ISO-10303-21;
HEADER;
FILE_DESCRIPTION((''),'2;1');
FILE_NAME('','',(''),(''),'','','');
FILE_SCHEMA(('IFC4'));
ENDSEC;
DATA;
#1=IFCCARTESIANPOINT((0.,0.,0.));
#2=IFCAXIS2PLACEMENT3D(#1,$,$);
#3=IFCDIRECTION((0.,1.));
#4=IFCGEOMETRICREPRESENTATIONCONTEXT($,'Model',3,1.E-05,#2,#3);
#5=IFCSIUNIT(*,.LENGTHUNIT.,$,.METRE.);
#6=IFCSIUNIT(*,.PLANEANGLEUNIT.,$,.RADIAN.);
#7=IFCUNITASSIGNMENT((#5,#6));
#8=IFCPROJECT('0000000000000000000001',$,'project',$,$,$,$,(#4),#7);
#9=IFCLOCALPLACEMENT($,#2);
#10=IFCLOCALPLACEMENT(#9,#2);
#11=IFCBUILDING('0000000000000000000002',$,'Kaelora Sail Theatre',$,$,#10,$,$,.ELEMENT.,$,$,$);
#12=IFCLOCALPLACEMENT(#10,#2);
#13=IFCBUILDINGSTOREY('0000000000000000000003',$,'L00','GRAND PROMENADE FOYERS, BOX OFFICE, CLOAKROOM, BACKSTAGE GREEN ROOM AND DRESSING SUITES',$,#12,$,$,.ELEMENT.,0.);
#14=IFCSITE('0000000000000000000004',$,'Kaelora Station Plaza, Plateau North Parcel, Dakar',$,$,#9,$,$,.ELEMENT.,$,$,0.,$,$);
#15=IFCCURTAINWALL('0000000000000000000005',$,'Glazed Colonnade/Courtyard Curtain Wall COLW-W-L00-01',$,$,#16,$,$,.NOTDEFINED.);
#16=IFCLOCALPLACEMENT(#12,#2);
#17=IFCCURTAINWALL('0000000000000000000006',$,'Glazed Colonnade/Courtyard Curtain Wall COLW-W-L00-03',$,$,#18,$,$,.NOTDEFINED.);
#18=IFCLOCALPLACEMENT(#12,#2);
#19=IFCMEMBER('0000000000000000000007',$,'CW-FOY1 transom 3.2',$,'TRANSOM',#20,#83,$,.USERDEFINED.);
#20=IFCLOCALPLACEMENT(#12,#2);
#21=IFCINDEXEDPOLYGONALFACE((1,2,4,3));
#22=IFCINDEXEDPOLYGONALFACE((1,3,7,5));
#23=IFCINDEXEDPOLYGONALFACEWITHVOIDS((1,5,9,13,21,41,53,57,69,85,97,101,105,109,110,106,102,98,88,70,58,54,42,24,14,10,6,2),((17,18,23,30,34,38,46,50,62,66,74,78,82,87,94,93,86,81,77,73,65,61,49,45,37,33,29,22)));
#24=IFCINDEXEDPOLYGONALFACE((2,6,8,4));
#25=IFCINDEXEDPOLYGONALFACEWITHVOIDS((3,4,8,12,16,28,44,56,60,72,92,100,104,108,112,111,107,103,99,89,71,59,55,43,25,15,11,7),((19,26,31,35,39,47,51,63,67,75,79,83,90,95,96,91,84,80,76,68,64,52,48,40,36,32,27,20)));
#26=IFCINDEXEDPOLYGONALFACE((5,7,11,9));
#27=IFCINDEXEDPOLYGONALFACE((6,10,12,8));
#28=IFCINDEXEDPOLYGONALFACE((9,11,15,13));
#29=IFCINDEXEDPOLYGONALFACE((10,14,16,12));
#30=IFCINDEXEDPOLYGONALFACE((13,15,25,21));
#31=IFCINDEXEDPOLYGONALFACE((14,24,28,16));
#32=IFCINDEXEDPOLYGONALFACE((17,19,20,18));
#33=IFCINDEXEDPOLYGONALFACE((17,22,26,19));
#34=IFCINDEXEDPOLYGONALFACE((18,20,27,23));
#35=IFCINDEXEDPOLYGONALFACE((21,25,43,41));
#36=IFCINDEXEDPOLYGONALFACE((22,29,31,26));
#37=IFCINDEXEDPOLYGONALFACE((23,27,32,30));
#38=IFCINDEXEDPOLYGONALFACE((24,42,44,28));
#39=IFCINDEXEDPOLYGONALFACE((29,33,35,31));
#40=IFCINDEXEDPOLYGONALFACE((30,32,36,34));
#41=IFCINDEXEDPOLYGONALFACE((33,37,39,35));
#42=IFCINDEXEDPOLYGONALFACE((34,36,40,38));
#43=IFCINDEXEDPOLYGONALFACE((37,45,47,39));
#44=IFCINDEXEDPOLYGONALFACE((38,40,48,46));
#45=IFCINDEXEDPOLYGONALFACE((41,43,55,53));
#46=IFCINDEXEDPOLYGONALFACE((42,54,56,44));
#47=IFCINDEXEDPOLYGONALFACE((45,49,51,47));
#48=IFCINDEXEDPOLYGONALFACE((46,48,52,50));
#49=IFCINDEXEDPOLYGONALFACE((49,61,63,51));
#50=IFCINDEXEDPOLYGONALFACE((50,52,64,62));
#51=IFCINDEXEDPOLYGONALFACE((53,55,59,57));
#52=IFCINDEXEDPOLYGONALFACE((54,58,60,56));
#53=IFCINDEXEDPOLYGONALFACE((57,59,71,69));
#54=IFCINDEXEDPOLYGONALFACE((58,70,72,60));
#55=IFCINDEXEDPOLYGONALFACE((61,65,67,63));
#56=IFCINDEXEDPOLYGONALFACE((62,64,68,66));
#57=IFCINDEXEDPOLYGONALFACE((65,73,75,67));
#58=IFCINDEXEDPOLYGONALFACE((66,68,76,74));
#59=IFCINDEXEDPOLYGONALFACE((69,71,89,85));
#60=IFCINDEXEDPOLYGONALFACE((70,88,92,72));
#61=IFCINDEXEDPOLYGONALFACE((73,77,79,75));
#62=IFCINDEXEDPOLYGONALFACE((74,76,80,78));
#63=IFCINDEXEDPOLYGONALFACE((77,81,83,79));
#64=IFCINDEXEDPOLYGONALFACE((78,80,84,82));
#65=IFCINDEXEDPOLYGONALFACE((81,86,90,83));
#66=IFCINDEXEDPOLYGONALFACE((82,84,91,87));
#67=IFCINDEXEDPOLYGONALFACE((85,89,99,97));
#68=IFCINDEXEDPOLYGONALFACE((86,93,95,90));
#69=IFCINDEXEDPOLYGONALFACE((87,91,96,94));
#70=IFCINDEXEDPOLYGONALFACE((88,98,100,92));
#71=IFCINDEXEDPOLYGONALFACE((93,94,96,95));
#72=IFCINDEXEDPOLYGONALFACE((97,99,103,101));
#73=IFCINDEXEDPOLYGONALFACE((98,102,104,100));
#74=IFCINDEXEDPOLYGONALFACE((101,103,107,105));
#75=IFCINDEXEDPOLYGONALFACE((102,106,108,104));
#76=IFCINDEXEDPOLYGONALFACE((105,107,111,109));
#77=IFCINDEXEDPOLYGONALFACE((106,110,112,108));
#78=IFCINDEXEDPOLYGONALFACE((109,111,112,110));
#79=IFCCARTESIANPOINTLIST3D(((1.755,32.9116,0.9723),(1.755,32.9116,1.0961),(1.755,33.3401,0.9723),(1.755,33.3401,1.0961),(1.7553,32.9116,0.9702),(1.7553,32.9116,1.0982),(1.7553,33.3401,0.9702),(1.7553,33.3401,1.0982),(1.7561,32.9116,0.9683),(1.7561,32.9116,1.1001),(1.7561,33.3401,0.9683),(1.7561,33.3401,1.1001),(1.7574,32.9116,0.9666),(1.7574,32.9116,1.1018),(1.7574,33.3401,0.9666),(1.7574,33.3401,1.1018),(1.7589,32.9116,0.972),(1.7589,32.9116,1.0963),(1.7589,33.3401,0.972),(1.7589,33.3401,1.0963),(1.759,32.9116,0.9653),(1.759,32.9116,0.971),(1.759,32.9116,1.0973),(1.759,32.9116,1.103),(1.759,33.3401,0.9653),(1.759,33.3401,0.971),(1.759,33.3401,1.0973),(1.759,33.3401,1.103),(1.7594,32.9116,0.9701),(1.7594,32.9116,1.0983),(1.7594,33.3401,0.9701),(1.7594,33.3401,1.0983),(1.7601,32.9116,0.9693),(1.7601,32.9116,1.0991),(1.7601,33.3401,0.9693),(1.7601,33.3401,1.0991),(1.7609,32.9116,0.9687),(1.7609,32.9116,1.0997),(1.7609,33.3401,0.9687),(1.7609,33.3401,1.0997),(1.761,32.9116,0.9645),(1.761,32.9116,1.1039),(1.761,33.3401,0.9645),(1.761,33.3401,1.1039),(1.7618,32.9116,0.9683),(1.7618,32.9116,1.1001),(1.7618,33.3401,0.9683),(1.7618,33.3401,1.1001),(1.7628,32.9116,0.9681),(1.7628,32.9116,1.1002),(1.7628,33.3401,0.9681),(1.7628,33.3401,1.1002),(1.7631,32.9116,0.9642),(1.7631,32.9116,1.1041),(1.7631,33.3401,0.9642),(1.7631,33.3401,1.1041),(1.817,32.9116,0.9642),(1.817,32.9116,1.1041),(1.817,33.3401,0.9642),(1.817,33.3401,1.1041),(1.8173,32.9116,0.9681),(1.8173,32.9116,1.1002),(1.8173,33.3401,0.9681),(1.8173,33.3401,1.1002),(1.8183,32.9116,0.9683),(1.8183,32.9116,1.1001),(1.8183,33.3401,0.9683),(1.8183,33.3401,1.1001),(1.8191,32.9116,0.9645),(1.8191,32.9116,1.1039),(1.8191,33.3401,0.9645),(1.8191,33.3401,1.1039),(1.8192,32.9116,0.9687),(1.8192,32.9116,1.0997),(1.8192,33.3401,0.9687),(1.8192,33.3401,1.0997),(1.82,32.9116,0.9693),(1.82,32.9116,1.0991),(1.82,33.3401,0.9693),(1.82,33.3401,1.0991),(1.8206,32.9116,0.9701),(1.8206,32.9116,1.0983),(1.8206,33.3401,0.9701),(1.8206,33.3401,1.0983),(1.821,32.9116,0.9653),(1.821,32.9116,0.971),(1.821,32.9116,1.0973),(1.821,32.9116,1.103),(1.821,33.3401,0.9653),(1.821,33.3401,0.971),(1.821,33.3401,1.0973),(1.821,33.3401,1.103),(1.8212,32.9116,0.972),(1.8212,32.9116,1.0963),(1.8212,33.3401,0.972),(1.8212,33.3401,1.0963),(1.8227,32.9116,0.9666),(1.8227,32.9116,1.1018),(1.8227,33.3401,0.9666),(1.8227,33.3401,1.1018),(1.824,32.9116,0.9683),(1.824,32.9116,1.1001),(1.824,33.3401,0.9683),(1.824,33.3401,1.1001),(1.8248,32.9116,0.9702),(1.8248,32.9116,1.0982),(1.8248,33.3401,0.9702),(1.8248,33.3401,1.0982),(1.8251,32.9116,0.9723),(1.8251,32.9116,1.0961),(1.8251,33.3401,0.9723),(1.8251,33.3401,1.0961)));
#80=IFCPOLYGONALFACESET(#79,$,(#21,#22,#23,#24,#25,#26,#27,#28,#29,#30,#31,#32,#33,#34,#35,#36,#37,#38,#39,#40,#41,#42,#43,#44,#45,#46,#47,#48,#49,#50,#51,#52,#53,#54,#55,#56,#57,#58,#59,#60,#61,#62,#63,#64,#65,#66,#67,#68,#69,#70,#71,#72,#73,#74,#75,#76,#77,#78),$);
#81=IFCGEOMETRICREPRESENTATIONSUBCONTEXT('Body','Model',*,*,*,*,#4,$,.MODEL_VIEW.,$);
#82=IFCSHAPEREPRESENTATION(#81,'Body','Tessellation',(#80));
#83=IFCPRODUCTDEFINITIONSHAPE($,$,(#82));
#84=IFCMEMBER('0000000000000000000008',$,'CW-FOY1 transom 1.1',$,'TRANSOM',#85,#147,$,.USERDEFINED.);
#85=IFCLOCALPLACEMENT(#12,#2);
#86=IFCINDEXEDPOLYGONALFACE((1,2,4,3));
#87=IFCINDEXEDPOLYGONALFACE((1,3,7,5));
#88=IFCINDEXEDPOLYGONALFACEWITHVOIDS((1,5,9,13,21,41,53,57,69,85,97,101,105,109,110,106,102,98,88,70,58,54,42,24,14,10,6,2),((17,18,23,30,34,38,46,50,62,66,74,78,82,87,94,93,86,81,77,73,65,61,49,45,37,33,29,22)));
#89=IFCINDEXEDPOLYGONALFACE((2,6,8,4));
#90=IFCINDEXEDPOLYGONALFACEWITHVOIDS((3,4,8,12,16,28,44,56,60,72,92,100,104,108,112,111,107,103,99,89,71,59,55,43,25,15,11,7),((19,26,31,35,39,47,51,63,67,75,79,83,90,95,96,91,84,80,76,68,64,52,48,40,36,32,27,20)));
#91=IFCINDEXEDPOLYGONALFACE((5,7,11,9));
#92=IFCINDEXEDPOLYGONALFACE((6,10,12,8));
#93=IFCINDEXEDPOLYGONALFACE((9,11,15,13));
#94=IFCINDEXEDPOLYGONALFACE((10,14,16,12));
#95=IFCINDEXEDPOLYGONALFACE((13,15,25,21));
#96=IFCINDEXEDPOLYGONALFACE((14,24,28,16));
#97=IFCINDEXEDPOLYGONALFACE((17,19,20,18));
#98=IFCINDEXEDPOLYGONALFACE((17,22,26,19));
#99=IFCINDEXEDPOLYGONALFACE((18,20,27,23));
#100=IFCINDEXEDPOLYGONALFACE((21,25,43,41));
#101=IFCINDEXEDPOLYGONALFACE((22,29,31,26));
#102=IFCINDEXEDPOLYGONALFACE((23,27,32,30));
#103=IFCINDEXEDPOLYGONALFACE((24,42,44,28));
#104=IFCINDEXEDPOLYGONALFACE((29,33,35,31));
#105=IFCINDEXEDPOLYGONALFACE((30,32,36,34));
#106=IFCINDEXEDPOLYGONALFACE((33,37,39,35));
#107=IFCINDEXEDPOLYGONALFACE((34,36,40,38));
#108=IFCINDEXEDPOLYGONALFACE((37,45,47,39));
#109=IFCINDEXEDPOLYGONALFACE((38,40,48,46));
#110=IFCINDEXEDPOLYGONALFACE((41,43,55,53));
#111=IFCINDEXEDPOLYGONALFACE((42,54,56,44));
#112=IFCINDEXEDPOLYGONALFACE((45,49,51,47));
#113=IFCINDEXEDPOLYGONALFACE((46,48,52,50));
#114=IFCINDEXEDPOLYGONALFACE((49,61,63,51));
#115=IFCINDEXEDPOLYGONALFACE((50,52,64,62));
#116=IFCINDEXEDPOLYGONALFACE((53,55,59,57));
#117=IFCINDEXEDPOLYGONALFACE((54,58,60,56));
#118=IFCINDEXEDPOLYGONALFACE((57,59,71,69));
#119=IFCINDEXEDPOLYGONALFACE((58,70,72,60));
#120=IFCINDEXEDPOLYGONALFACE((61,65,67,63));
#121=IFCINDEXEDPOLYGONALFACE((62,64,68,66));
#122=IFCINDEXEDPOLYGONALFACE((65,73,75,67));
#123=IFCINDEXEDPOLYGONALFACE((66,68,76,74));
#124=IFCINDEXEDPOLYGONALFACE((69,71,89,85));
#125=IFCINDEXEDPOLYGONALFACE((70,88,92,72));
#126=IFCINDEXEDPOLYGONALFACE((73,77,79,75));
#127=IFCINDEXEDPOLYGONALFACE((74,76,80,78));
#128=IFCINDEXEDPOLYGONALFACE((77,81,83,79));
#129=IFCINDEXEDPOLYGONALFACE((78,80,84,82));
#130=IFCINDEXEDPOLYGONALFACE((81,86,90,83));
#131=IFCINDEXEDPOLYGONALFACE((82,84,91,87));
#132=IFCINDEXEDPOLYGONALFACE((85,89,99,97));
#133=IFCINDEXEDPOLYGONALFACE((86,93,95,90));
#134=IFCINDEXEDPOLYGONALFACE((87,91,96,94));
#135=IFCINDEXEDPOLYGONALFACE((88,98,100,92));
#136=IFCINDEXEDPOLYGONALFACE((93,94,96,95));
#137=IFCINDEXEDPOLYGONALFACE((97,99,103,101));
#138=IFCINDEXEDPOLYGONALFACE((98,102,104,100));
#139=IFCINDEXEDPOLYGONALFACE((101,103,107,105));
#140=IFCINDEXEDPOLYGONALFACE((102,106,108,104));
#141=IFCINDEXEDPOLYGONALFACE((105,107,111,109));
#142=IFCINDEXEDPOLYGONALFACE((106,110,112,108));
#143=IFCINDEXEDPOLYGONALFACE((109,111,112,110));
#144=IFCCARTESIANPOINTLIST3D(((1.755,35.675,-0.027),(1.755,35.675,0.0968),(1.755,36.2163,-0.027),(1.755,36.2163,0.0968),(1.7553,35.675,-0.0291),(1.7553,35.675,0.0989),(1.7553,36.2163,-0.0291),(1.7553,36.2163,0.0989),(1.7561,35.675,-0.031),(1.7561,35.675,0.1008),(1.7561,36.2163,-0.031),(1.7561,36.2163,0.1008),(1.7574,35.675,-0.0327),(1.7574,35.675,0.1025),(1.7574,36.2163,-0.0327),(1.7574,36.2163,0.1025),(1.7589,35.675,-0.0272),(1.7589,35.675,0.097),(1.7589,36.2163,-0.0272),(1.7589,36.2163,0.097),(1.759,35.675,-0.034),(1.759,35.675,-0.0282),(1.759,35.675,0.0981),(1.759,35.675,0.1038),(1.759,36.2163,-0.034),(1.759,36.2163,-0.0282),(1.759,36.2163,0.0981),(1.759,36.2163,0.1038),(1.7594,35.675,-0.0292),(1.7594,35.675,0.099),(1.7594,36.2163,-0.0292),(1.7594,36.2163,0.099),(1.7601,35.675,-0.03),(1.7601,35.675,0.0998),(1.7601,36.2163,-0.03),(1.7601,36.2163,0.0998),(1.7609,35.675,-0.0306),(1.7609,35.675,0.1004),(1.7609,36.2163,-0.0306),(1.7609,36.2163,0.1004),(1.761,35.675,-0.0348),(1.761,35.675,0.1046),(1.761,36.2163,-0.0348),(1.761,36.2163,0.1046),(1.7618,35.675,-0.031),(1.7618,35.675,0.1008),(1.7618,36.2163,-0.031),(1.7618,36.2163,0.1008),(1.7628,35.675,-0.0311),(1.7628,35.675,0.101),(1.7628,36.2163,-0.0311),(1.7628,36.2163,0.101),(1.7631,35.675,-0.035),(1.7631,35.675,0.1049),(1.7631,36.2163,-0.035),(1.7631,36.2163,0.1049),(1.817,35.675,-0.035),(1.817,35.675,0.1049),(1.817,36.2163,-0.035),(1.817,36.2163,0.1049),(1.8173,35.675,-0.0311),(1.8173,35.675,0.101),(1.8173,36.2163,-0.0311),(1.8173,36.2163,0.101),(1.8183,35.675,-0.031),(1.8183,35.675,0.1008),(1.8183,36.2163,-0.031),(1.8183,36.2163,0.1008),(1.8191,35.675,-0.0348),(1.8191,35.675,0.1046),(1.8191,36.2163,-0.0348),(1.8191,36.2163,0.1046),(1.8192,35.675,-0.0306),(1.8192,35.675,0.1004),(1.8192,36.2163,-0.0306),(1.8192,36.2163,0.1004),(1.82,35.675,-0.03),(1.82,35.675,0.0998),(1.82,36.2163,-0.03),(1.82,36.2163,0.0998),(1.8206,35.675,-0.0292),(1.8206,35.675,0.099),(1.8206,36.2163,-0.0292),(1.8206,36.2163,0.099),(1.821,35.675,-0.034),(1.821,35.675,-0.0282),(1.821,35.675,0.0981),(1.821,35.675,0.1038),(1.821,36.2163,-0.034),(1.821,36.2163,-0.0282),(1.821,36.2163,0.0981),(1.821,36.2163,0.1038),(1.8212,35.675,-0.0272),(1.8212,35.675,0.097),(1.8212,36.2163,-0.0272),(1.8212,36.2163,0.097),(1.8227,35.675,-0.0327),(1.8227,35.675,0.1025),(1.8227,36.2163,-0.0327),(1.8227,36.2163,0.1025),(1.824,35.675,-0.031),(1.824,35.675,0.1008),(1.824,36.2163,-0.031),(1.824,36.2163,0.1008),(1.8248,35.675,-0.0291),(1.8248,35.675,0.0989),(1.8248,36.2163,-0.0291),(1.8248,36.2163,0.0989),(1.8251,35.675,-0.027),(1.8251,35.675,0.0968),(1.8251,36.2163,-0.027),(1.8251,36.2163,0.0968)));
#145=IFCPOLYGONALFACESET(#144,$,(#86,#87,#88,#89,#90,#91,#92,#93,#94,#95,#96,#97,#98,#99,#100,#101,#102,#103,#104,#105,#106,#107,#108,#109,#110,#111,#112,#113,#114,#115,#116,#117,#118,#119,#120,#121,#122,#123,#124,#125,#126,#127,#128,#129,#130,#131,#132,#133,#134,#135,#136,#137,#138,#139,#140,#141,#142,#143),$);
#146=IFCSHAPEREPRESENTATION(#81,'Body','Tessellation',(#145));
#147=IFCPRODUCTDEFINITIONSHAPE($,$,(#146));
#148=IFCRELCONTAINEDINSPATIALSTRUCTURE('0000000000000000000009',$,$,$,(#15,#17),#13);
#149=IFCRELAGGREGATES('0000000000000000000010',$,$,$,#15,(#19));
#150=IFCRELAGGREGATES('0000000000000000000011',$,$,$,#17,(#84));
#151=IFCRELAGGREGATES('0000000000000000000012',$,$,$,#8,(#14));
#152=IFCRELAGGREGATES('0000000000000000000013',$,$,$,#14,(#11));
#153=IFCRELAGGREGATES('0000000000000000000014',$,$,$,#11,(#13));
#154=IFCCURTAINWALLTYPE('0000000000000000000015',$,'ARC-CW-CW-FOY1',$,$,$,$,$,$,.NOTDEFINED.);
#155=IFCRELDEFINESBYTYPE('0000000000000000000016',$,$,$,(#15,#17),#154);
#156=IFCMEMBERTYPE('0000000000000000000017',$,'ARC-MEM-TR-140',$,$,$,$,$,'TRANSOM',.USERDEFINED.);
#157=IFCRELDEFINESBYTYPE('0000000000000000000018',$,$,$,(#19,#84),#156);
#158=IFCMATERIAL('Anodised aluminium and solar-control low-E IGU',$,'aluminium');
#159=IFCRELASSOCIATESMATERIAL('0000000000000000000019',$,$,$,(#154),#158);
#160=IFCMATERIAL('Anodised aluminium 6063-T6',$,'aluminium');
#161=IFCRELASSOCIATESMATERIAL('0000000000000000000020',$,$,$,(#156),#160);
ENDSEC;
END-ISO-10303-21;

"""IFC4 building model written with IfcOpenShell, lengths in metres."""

from ifc_helpers import new_model, si_unit, direction, frame, origin, origin_2d, place, context, subcontext, project, spatial, hollow_rectangle, extrude, material, material_profile, profile_set, type_object, element, aggregate, save


model = new_model("IFC4")

# Units and contexts
model_context = context("Model", 3, precision=1e-05, world=origin(), true_north=direction((0.0, 1.0)))
body_context = subcontext(model_context, "Body", "Model", "MODEL_VIEW")
ifc_project = project(units=[si_unit("LENGTHUNIT", "METRE"), si_unit("PLANEANGLEUNIT", "RADIAN")], contexts=[model_context])

# Site, building, storey
site_placement = place(None, origin())
site = spatial("IfcSite", under=ifc_project, at=site_placement, Name="Kaelora Station Plaza, Plateau North Parcel, Dakar", CompositionType="ELEMENT", RefElevation=0.0)
building_placement = place(site_placement, origin())
building = spatial("IfcBuilding", under=site, at=building_placement, Name="Kaelora Sail Theatre", CompositionType="ELEMENT")
storey_placement = place(building_placement, origin())
storey = spatial("IfcBuildingStorey", under=building, at=storey_placement, Name="L00", Description="GRAND PROMENADE FOYERS, BOX OFFICE, CLOAKROOM, BACKSTAGE GREEN ROOM AND DRESSING SUITES", CompositionType="ELEMENT", Elevation=0.0)

# Curtain wall
ifc_material_1 = material(Name="Anodised aluminium and solar-control low-E IGU", Category="aluminium")
curtain_wall_type = type_object("IfcCurtainWallType", Name="ARC-CW-CW-FOY1", PredefinedType="NOTDEFINED", material=ifc_material_1)
curtain_wall_1_placement = place(storey_placement, origin())
curtain_wall_1 = element("IfcCurtainWall", 1, at=curtain_wall_1_placement, inside=storey, type_object=curtain_wall_type, Name="Glazed Colonnade/Courtyard Curtain Wall COLW-W-L00-01", PredefinedType="NOTDEFINED")

# Curtain wall
curtain_wall_2_placement = place(storey_placement, origin())
curtain_wall_2 = element("IfcCurtainWall", 2, at=curtain_wall_2_placement, inside=storey, type_object=curtain_wall_type, Name="Glazed Colonnade/Courtyard Curtain Wall COLW-W-L00-03", PredefinedType="NOTDEFINED")

# Members
ifc_material_2 = material(Name="Anodised aluminium 6063-T6", Category="aluminium")
ifc_material_profile_1 = material_profile(ifc_material_2, hollow_rectangle(XDim=0.0701, YDim=0.1399, WallThickness=0.0039, InnerFilletRadius=0.0039, OuterFilletRadius=0.0081, at=origin_2d()), Name="ALU-TRAN 70x140x4")
ifc_profile_set_1 = profile_set([ifc_material_profile_1], Name="Anodised aluminium 6063-T6")
member_type_1 = type_object("IfcMemberType", Name="ARC-MEM-TR-140", ElementType="TRANSOM", PredefinedType="USERDEFINED", material=ifc_profile_set_1)
member_1_placement = place(storey_placement, frame((1.79, 32.9116, 1.0342), z_axis=(0.0, 1.0, 0.0), x_axis=(-1.0, 0.0, 0.0)))
member_1 = element("IfcMember", 3, at=member_1_placement, type_object=member_type_1, Name="CW-FOY1 transom 3.2", ObjectType="TRANSOM", PredefinedType="USERDEFINED", context=body_context, shape_type="SweptSolid", body=[
    extrude(hollow_rectangle(XDim=0.0701, YDim=0.1399, WallThickness=0.0039, InnerFilletRadius=0.0039, OuterFilletRadius=0.0081, at=origin_2d()), origin(), (0.0, 0.0, 1.0), 0.4285),
])
member_2_placement = place(storey_placement, frame((1.79, 35.675, 0.0349), z_axis=(0.0, 1.0, 0.0), x_axis=(-1.0, 0.0, 0.0)))
member_2 = element("IfcMember", 4, at=member_2_placement, type_object=member_type_1, Name="CW-FOY1 transom 1.1", ObjectType="TRANSOM", PredefinedType="USERDEFINED", context=body_context, shape_type="SweptSolid", body=[
    extrude(hollow_rectangle(XDim=0.0701, YDim=0.1399, WallThickness=0.0039, InnerFilletRadius=0.0039, OuterFilletRadius=0.0081, at=origin_2d()), origin(), (0.0, 0.0, 1.0), 0.5413),
])

aggregate(curtain_wall_1, [member_1])
aggregate(curtain_wall_2, [member_2])

save(model, "model.ifc")
